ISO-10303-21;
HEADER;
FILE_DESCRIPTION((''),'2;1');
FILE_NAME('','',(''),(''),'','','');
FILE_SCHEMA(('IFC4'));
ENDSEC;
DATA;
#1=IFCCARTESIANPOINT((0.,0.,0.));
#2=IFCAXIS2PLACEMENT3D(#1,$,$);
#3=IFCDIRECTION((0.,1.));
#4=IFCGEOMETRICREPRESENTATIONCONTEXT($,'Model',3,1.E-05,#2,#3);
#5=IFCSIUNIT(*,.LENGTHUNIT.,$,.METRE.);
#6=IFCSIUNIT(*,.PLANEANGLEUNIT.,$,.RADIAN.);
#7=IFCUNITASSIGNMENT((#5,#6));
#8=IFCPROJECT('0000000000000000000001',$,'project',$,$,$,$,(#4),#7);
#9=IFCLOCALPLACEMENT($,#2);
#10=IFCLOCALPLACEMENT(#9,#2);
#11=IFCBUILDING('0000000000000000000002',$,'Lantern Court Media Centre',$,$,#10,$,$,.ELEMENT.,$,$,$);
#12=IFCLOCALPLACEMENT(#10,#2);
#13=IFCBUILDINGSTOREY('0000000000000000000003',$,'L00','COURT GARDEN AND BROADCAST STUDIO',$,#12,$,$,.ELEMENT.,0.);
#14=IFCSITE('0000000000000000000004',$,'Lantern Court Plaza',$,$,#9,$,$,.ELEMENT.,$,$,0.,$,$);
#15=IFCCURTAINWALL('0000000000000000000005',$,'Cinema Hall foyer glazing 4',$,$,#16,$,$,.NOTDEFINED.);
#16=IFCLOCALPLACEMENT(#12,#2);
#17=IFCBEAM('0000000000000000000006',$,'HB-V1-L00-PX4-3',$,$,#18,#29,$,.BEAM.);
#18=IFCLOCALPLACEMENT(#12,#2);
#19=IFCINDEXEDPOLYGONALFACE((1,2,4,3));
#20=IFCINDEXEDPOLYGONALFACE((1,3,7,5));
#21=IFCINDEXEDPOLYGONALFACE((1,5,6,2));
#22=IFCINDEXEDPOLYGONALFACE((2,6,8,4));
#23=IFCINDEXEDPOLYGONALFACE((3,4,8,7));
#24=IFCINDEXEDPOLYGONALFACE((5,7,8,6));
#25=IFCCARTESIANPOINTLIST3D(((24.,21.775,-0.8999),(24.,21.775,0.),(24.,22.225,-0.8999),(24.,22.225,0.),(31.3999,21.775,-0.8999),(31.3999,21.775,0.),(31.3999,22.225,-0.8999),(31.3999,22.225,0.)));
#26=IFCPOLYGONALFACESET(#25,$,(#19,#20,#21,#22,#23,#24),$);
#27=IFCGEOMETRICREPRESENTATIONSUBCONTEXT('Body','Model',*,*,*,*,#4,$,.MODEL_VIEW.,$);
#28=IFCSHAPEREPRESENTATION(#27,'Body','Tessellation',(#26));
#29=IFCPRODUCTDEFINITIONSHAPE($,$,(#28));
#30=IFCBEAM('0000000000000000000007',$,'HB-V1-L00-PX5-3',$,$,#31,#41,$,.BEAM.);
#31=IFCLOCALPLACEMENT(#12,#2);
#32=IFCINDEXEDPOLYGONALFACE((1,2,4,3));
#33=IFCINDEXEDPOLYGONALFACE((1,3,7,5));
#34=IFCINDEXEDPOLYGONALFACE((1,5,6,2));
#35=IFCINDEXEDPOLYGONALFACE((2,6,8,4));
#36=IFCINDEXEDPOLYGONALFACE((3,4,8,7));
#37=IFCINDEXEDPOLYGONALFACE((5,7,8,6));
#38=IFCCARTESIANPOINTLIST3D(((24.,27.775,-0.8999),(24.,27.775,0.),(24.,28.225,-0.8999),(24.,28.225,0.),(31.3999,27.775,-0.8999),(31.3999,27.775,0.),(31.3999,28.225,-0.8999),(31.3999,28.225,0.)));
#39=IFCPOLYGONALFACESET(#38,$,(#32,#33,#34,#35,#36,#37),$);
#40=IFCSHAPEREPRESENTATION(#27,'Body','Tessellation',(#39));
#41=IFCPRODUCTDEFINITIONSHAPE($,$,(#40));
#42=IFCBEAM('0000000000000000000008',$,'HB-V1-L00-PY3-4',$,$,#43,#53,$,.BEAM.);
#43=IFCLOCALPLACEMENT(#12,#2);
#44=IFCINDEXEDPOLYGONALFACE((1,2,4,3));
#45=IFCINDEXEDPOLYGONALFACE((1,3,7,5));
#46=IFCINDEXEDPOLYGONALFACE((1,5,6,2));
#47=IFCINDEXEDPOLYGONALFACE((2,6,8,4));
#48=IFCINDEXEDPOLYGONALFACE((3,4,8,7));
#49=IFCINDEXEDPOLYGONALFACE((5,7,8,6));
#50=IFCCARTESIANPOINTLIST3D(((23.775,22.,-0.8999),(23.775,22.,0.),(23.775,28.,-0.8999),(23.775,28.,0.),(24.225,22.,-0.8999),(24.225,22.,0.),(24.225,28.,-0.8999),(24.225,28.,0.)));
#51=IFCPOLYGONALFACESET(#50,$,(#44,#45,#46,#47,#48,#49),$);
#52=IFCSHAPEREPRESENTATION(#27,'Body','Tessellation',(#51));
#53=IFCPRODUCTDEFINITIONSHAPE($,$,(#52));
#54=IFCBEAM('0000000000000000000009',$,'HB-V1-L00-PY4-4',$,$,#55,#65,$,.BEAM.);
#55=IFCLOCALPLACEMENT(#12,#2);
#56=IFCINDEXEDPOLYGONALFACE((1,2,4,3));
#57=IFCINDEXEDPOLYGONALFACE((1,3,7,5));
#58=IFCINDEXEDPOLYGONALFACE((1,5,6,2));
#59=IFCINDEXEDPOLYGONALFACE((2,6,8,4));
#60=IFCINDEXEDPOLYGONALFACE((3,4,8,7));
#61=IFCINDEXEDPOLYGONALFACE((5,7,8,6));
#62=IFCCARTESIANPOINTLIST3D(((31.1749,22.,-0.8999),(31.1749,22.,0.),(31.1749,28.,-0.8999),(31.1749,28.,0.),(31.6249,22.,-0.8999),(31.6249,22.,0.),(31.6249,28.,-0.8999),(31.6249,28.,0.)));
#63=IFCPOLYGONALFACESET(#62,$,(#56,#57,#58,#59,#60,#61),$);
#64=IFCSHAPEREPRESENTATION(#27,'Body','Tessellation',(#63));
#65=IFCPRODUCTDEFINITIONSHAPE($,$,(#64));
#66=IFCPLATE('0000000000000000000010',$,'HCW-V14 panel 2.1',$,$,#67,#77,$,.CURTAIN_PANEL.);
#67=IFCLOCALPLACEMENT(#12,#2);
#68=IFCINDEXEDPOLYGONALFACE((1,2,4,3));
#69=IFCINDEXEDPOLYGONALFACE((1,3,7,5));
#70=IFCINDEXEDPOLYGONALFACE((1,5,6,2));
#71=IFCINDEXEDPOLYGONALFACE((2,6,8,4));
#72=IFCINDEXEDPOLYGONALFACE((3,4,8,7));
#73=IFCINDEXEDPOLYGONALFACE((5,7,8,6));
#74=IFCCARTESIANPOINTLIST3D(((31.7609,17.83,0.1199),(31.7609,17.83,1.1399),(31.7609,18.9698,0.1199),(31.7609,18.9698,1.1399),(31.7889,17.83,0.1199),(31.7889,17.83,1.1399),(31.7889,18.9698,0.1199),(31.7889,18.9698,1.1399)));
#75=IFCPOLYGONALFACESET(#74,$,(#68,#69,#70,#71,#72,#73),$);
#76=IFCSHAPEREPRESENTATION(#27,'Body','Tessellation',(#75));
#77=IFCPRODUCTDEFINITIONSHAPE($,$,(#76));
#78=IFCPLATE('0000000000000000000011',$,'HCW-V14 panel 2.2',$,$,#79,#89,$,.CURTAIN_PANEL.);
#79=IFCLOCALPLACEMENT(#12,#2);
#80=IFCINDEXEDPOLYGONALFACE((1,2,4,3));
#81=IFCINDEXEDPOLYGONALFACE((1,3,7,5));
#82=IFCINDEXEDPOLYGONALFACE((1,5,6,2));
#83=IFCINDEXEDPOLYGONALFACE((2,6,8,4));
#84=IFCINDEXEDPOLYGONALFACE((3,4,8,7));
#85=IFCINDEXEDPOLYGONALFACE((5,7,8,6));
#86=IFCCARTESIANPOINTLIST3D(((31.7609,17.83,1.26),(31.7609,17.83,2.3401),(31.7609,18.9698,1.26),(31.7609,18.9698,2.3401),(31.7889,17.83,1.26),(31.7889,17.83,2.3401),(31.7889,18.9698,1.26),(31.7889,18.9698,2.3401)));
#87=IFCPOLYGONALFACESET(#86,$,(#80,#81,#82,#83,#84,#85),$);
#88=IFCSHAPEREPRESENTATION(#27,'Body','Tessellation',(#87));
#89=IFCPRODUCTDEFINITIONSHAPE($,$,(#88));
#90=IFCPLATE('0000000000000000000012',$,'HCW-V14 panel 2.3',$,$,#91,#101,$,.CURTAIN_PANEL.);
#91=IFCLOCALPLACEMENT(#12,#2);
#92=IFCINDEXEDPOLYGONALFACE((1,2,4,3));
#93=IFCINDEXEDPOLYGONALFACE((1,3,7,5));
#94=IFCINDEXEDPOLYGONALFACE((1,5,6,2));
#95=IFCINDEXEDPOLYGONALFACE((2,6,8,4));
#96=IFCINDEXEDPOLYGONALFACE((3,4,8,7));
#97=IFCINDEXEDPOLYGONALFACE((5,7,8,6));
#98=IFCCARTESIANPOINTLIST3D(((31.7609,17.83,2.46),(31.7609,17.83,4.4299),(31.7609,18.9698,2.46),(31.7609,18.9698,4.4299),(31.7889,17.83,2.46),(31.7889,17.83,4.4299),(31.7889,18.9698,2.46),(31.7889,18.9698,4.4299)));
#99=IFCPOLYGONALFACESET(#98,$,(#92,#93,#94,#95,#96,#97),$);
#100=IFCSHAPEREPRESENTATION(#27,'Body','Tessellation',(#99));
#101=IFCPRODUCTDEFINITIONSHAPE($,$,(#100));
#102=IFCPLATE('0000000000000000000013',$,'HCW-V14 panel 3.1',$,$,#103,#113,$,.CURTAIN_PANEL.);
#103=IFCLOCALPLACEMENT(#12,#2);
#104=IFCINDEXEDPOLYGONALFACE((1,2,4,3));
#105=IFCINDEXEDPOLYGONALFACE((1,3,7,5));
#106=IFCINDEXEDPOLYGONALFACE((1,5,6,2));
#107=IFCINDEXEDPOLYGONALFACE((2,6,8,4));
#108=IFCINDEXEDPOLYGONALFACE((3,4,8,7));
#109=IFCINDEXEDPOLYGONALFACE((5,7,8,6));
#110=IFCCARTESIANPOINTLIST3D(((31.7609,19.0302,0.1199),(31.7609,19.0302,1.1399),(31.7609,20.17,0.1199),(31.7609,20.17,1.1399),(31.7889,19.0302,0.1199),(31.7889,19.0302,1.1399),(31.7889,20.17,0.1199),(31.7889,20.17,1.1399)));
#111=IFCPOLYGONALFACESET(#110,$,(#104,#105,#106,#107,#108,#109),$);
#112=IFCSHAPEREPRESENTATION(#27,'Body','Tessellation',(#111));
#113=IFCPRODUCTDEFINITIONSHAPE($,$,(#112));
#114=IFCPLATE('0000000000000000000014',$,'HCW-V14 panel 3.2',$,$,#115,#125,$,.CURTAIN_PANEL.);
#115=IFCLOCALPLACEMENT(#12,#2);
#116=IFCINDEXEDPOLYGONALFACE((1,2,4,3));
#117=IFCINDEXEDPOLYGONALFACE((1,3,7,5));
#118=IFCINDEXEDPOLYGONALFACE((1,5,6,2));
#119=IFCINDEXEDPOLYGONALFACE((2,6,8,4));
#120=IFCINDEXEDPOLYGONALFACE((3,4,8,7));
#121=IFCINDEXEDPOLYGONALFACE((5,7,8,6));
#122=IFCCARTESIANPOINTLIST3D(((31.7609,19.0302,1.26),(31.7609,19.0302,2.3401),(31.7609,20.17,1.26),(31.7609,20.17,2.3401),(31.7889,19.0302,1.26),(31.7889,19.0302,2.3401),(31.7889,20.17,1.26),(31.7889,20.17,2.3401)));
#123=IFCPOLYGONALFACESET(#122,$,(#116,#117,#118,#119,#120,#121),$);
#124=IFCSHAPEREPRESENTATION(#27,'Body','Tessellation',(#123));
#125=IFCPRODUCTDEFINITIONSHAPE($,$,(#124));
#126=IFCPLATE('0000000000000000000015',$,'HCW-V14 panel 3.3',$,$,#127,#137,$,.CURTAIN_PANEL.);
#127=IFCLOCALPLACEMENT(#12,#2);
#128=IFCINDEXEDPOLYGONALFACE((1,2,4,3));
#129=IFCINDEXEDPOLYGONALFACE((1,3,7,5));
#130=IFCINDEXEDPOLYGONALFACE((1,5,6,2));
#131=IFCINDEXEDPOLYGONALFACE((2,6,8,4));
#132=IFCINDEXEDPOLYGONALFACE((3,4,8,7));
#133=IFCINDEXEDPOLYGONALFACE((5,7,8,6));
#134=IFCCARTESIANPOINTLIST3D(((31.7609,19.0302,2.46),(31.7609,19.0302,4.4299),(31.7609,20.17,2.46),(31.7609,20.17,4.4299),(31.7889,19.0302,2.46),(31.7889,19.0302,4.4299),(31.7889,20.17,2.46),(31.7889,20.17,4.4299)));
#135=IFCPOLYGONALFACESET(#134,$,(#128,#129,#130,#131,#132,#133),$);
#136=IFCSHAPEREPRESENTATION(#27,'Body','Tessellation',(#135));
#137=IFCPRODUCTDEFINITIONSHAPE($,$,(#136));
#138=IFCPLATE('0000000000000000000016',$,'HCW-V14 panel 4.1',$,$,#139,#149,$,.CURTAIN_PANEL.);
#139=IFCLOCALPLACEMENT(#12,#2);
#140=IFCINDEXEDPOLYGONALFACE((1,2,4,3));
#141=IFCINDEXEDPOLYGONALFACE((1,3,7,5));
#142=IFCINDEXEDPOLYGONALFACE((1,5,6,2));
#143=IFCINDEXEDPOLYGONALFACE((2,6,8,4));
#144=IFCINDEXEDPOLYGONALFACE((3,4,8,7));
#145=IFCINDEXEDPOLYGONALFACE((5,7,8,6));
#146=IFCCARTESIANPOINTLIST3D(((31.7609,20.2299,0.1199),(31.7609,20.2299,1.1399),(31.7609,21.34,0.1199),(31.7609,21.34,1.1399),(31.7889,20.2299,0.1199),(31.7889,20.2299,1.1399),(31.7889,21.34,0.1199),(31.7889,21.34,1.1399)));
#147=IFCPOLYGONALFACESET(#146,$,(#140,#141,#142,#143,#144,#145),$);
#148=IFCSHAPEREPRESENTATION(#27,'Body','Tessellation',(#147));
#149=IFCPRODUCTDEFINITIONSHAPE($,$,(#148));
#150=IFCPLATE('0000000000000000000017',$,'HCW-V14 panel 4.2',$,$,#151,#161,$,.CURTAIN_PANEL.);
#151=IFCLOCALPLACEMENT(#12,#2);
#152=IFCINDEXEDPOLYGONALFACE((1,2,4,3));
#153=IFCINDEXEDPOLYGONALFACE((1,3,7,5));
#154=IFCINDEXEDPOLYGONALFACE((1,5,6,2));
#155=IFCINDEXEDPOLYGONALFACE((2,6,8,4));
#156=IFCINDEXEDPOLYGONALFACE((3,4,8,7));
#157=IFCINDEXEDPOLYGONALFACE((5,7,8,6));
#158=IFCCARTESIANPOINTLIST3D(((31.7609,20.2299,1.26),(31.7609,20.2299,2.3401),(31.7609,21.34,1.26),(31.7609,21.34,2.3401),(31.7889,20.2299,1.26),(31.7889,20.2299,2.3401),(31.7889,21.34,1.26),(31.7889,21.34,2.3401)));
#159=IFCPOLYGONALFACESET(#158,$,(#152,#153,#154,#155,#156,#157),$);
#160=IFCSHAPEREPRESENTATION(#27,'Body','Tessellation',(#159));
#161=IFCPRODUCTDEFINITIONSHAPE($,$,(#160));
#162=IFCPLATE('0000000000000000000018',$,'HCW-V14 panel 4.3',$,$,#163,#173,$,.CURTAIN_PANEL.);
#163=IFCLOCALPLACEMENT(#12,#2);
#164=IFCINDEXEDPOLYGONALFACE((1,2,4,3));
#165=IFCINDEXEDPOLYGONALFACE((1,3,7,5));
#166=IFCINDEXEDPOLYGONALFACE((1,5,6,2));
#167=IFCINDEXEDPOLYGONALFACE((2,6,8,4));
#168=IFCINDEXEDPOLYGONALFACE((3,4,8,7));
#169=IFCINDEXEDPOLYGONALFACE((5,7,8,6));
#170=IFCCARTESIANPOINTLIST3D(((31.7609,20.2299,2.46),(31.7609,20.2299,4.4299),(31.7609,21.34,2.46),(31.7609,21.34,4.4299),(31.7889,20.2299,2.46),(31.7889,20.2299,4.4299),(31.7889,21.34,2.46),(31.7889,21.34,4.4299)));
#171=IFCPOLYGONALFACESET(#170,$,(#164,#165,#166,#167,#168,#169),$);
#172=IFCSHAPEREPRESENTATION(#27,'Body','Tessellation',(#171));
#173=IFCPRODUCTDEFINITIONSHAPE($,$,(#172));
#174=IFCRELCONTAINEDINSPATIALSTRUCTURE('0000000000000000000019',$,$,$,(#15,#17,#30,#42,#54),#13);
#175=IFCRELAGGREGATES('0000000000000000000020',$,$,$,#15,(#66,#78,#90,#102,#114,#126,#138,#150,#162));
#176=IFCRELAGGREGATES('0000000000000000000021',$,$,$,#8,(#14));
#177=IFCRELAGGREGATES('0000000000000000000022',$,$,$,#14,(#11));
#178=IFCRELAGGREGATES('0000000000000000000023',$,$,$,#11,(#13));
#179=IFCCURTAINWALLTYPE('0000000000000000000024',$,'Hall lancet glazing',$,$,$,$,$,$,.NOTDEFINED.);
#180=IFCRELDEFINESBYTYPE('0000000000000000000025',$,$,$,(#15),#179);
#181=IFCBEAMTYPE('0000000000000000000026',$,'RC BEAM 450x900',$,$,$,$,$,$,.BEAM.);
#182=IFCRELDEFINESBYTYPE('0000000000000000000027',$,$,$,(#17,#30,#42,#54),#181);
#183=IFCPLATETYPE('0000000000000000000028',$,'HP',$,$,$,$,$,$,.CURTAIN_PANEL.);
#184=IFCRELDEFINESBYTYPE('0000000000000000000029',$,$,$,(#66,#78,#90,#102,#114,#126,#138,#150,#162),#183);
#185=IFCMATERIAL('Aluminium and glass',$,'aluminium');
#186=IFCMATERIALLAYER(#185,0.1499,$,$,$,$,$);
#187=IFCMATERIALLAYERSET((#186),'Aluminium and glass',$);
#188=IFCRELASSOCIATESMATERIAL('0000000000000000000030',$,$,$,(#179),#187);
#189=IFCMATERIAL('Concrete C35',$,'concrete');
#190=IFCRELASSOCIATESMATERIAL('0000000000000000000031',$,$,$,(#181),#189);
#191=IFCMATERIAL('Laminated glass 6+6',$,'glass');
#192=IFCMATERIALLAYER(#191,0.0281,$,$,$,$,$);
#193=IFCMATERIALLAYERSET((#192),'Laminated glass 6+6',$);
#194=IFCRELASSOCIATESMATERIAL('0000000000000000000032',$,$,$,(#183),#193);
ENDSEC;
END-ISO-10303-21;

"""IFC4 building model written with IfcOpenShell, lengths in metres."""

from ifc_helpers import new_model, si_unit, direction, frame, origin, origin_2d, place, context, subcontext, project, spatial, rectangle, extrude, material, layer, layer_set, material_profile, profile_set, type_object, element, aggregate, save


model = new_model("IFC4")

# Units and contexts
model_context = context("Model", 3, precision=1e-05, world=origin(), true_north=direction((0.0, 1.0)))
body_context = subcontext(model_context, "Body", "Model", "MODEL_VIEW")
ifc_project = project(units=[si_unit("LENGTHUNIT", "METRE"), si_unit("PLANEANGLEUNIT", "RADIAN")], contexts=[model_context])

# Site, building, storey
site_placement = place(None, origin())
site = spatial("IfcSite", under=ifc_project, at=site_placement, Name="Lantern Court Plaza", CompositionType="ELEMENT", RefElevation=0.0)
building_placement = place(site_placement, origin())
building = spatial("IfcBuilding", under=site, at=building_placement, Name="Lantern Court Media Centre", CompositionType="ELEMENT")
storey_placement = place(building_placement, origin())
storey = spatial("IfcBuildingStorey", under=building, at=storey_placement, Name="L00", Description="COURT GARDEN AND BROADCAST STUDIO", CompositionType="ELEMENT", Elevation=0.0)

# Shared definitions
ifc_material_1 = material(Name="Concrete C35", Category="concrete")

# Curtain wall
ifc_material_2 = material(Name="Aluminium and glass", Category="aluminium")
ifc_layer_1 = layer(ifc_material_2, 0.1499)
ifc_layer_set_1 = layer_set([ifc_layer_1], Name="Aluminium and glass")
curtain_wall_type = type_object("IfcCurtainWallType", Name="Hall lancet glazing", PredefinedType="NOTDEFINED", material=ifc_layer_set_1)
curtain_wall_placement = place(storey_placement, origin())
curtain_wall = element("IfcCurtainWall", 1, at=curtain_wall_placement, inside=storey, type_object=curtain_wall_type, Name="Cinema Hall foyer glazing 4", PredefinedType="NOTDEFINED")

# Beams
ifc_material_profile_1 = material_profile(ifc_material_1, rectangle(XDim=0.45, YDim=0.8999, at=origin_2d()), Name="RC 450x900")
ifc_profile_set_1 = profile_set([ifc_material_profile_1], Name="Concrete C35")
beam_type = type_object("IfcBeamType", Name="RC BEAM 450x900", PredefinedType="BEAM", material=ifc_profile_set_1)
for number, where, z_axis, x_axis, name in (
    (2, (24.0, 22.0, -0.45), (1.0, 0.0, 0.0), (0.0, 1.0, 0.0), "HB-V1-L00-PX4-3"),
    (3, (24.0, 28.0, -0.45), (1.0, 0.0, 0.0), (0.0, 1.0, 0.0), "HB-V1-L00-PX5-3"),
):
    element("IfcBeam", number, at=place(storey_placement, frame(where, z_axis=z_axis, x_axis=x_axis)), inside=storey, type_object=beam_type, Name=name, PredefinedType="BEAM", context=body_context, shape_type="SweptSolid", body=[
        extrude(rectangle(XDim=0.45, YDim=0.8999, at=origin_2d()), origin(), (0.0, 0.0, 1.0), 7.3999),
    ])
for number, where, z_axis, x_axis, name in (
    (4, (24.0, 22.0, -0.45), (0.0, 1.0, 0.0), (-1.0, 0.0, 0.0), "HB-V1-L00-PY3-4"),
    (5, (31.3999, 22.0, -0.45), (0.0, 1.0, 0.0), (-1.0, 0.0, 0.0), "HB-V1-L00-PY4-4"),
):
    element("IfcBeam", number, at=place(storey_placement, frame(where, z_axis=z_axis, x_axis=x_axis)), inside=storey, type_object=beam_type, Name=name, PredefinedType="BEAM", context=body_context, shape_type="SweptSolid", body=[
        extrude(rectangle(XDim=0.45, YDim=0.8999, at=origin_2d()), origin(), (0.0, 0.0, 1.0), 6.0),
    ])

# Plates
ifc_material_3 = material(Name="Laminated glass 6+6", Category="glass")
ifc_layer_2 = layer(ifc_material_3, 0.0281)
ifc_layer_set_2 = layer_set([ifc_layer_2], Name="Laminated glass 6+6")
plate_type = type_object("IfcPlateType", Name="HP", PredefinedType="CURTAIN_PANEL", material=ifc_layer_set_2)
plate_1_placement = place(storey_placement, frame((31.7749, 18.3999, 0.1199), z_axis=(0.0, 0.0, 1.0), x_axis=(0.0, 1.0, 0.0)))
plate_1 = element("IfcPlate", 6, at=plate_1_placement, type_object=plate_type, Name="HCW-V14 panel 2.1", PredefinedType="CURTAIN_PANEL", context=body_context, shape_type="SweptSolid", body=[
    extrude(rectangle(XDim=1.1399, YDim=0.0281, at=origin_2d()), origin(), (0.0, 0.0, 1.0), 1.02),
])
plate_2_placement = place(storey_placement, frame((31.7749, 18.3999, 1.26), z_axis=(0.0, 0.0, 1.0), x_axis=(0.0, 1.0, 0.0)))
plate_2 = element("IfcPlate", 7, at=plate_2_placement, type_object=plate_type, Name="HCW-V14 panel 2.2", PredefinedType="CURTAIN_PANEL", context=body_context, shape_type="SweptSolid", body=[
    extrude(rectangle(XDim=1.1399, YDim=0.0281, at=origin_2d()), origin(), (0.0, 0.0, 1.0), 1.0801),
])
plate_3_placement = place(storey_placement, frame((31.7749, 18.3999, 2.46), z_axis=(0.0, 0.0, 1.0), x_axis=(0.0, 1.0, 0.0)))
plate_3 = element("IfcPlate", 8, at=plate_3_placement, type_object=plate_type, Name="HCW-V14 panel 2.3", PredefinedType="CURTAIN_PANEL", context=body_context, shape_type="SweptSolid", body=[
    extrude(rectangle(XDim=1.1399, YDim=0.0281, at=origin_2d()), origin(), (0.0, 0.0, 1.0), 1.97),
])
plate_4_placement = place(storey_placement, frame((31.7749, 19.6001, 0.1199), z_axis=(0.0, 0.0, 1.0), x_axis=(0.0, 1.0, 0.0)))
plate_4 = element("IfcPlate", 9, at=plate_4_placement, type_object=plate_type, Name="HCW-V14 panel 3.1", PredefinedType="CURTAIN_PANEL", context=body_context, shape_type="SweptSolid", body=[
    extrude(rectangle(XDim=1.1399, YDim=0.0281, at=origin_2d()), origin(), (0.0, 0.0, 1.0), 1.02),
])
plate_5_placement = place(storey_placement, frame((31.7749, 19.6001, 1.26), z_axis=(0.0, 0.0, 1.0), x_axis=(0.0, 1.0, 0.0)))
plate_5 = element("IfcPlate", 10, at=plate_5_placement, type_object=plate_type, Name="HCW-V14 panel 3.2", PredefinedType="CURTAIN_PANEL", context=body_context, shape_type="SweptSolid", body=[
    extrude(rectangle(XDim=1.1399, YDim=0.0281, at=origin_2d()), origin(), (0.0, 0.0, 1.0), 1.0801),
])
plate_6_placement = place(storey_placement, frame((31.7749, 19.6001, 2.46), z_axis=(0.0, 0.0, 1.0), x_axis=(0.0, 1.0, 0.0)))
plate_6 = element("IfcPlate", 11, at=plate_6_placement, type_object=plate_type, Name="HCW-V14 panel 3.3", PredefinedType="CURTAIN_PANEL", context=body_context, shape_type="SweptSolid", body=[
    extrude(rectangle(XDim=1.1399, YDim=0.0281, at=origin_2d()), origin(), (0.0, 0.0, 1.0), 1.97),
])
plate_7_placement = place(storey_placement, frame((31.7749, 20.7849, 0.1199), z_axis=(0.0, 0.0, 1.0), x_axis=(0.0, 1.0, 0.0)))
plate_7 = element("IfcPlate", 12, at=plate_7_placement, type_object=plate_type, Name="HCW-V14 panel 4.1", PredefinedType="CURTAIN_PANEL", context=body_context, shape_type="SweptSolid", body=[
    extrude(rectangle(XDim=1.1101, YDim=0.0281, at=origin_2d()), origin(), (0.0, 0.0, 1.0), 1.02),
])
plate_8_placement = place(storey_placement, frame((31.7749, 20.7849, 1.26), z_axis=(0.0, 0.0, 1.0), x_axis=(0.0, 1.0, 0.0)))
plate_8 = element("IfcPlate", 13, at=plate_8_placement, type_object=plate_type, Name="HCW-V14 panel 4.2", PredefinedType="CURTAIN_PANEL", context=body_context, shape_type="SweptSolid", body=[
    extrude(rectangle(XDim=1.1101, YDim=0.0281, at=origin_2d()), origin(), (0.0, 0.0, 1.0), 1.0801),
])
plate_9_placement = place(storey_placement, frame((31.7749, 20.7849, 2.46), z_axis=(0.0, 0.0, 1.0), x_axis=(0.0, 1.0, 0.0)))
plate_9 = element("IfcPlate", 14, at=plate_9_placement, type_object=plate_type, Name="HCW-V14 panel 4.3", PredefinedType="CURTAIN_PANEL", context=body_context, shape_type="SweptSolid", body=[
    extrude(rectangle(XDim=1.1101, YDim=0.0281, at=origin_2d()), origin(), (0.0, 0.0, 1.0), 1.97),
])
aggregate(curtain_wall, [plate_1, plate_2, plate_3, plate_4, plate_5, plate_6, plate_7, plate_8, plate_9])

save(model, "model.ifc")
